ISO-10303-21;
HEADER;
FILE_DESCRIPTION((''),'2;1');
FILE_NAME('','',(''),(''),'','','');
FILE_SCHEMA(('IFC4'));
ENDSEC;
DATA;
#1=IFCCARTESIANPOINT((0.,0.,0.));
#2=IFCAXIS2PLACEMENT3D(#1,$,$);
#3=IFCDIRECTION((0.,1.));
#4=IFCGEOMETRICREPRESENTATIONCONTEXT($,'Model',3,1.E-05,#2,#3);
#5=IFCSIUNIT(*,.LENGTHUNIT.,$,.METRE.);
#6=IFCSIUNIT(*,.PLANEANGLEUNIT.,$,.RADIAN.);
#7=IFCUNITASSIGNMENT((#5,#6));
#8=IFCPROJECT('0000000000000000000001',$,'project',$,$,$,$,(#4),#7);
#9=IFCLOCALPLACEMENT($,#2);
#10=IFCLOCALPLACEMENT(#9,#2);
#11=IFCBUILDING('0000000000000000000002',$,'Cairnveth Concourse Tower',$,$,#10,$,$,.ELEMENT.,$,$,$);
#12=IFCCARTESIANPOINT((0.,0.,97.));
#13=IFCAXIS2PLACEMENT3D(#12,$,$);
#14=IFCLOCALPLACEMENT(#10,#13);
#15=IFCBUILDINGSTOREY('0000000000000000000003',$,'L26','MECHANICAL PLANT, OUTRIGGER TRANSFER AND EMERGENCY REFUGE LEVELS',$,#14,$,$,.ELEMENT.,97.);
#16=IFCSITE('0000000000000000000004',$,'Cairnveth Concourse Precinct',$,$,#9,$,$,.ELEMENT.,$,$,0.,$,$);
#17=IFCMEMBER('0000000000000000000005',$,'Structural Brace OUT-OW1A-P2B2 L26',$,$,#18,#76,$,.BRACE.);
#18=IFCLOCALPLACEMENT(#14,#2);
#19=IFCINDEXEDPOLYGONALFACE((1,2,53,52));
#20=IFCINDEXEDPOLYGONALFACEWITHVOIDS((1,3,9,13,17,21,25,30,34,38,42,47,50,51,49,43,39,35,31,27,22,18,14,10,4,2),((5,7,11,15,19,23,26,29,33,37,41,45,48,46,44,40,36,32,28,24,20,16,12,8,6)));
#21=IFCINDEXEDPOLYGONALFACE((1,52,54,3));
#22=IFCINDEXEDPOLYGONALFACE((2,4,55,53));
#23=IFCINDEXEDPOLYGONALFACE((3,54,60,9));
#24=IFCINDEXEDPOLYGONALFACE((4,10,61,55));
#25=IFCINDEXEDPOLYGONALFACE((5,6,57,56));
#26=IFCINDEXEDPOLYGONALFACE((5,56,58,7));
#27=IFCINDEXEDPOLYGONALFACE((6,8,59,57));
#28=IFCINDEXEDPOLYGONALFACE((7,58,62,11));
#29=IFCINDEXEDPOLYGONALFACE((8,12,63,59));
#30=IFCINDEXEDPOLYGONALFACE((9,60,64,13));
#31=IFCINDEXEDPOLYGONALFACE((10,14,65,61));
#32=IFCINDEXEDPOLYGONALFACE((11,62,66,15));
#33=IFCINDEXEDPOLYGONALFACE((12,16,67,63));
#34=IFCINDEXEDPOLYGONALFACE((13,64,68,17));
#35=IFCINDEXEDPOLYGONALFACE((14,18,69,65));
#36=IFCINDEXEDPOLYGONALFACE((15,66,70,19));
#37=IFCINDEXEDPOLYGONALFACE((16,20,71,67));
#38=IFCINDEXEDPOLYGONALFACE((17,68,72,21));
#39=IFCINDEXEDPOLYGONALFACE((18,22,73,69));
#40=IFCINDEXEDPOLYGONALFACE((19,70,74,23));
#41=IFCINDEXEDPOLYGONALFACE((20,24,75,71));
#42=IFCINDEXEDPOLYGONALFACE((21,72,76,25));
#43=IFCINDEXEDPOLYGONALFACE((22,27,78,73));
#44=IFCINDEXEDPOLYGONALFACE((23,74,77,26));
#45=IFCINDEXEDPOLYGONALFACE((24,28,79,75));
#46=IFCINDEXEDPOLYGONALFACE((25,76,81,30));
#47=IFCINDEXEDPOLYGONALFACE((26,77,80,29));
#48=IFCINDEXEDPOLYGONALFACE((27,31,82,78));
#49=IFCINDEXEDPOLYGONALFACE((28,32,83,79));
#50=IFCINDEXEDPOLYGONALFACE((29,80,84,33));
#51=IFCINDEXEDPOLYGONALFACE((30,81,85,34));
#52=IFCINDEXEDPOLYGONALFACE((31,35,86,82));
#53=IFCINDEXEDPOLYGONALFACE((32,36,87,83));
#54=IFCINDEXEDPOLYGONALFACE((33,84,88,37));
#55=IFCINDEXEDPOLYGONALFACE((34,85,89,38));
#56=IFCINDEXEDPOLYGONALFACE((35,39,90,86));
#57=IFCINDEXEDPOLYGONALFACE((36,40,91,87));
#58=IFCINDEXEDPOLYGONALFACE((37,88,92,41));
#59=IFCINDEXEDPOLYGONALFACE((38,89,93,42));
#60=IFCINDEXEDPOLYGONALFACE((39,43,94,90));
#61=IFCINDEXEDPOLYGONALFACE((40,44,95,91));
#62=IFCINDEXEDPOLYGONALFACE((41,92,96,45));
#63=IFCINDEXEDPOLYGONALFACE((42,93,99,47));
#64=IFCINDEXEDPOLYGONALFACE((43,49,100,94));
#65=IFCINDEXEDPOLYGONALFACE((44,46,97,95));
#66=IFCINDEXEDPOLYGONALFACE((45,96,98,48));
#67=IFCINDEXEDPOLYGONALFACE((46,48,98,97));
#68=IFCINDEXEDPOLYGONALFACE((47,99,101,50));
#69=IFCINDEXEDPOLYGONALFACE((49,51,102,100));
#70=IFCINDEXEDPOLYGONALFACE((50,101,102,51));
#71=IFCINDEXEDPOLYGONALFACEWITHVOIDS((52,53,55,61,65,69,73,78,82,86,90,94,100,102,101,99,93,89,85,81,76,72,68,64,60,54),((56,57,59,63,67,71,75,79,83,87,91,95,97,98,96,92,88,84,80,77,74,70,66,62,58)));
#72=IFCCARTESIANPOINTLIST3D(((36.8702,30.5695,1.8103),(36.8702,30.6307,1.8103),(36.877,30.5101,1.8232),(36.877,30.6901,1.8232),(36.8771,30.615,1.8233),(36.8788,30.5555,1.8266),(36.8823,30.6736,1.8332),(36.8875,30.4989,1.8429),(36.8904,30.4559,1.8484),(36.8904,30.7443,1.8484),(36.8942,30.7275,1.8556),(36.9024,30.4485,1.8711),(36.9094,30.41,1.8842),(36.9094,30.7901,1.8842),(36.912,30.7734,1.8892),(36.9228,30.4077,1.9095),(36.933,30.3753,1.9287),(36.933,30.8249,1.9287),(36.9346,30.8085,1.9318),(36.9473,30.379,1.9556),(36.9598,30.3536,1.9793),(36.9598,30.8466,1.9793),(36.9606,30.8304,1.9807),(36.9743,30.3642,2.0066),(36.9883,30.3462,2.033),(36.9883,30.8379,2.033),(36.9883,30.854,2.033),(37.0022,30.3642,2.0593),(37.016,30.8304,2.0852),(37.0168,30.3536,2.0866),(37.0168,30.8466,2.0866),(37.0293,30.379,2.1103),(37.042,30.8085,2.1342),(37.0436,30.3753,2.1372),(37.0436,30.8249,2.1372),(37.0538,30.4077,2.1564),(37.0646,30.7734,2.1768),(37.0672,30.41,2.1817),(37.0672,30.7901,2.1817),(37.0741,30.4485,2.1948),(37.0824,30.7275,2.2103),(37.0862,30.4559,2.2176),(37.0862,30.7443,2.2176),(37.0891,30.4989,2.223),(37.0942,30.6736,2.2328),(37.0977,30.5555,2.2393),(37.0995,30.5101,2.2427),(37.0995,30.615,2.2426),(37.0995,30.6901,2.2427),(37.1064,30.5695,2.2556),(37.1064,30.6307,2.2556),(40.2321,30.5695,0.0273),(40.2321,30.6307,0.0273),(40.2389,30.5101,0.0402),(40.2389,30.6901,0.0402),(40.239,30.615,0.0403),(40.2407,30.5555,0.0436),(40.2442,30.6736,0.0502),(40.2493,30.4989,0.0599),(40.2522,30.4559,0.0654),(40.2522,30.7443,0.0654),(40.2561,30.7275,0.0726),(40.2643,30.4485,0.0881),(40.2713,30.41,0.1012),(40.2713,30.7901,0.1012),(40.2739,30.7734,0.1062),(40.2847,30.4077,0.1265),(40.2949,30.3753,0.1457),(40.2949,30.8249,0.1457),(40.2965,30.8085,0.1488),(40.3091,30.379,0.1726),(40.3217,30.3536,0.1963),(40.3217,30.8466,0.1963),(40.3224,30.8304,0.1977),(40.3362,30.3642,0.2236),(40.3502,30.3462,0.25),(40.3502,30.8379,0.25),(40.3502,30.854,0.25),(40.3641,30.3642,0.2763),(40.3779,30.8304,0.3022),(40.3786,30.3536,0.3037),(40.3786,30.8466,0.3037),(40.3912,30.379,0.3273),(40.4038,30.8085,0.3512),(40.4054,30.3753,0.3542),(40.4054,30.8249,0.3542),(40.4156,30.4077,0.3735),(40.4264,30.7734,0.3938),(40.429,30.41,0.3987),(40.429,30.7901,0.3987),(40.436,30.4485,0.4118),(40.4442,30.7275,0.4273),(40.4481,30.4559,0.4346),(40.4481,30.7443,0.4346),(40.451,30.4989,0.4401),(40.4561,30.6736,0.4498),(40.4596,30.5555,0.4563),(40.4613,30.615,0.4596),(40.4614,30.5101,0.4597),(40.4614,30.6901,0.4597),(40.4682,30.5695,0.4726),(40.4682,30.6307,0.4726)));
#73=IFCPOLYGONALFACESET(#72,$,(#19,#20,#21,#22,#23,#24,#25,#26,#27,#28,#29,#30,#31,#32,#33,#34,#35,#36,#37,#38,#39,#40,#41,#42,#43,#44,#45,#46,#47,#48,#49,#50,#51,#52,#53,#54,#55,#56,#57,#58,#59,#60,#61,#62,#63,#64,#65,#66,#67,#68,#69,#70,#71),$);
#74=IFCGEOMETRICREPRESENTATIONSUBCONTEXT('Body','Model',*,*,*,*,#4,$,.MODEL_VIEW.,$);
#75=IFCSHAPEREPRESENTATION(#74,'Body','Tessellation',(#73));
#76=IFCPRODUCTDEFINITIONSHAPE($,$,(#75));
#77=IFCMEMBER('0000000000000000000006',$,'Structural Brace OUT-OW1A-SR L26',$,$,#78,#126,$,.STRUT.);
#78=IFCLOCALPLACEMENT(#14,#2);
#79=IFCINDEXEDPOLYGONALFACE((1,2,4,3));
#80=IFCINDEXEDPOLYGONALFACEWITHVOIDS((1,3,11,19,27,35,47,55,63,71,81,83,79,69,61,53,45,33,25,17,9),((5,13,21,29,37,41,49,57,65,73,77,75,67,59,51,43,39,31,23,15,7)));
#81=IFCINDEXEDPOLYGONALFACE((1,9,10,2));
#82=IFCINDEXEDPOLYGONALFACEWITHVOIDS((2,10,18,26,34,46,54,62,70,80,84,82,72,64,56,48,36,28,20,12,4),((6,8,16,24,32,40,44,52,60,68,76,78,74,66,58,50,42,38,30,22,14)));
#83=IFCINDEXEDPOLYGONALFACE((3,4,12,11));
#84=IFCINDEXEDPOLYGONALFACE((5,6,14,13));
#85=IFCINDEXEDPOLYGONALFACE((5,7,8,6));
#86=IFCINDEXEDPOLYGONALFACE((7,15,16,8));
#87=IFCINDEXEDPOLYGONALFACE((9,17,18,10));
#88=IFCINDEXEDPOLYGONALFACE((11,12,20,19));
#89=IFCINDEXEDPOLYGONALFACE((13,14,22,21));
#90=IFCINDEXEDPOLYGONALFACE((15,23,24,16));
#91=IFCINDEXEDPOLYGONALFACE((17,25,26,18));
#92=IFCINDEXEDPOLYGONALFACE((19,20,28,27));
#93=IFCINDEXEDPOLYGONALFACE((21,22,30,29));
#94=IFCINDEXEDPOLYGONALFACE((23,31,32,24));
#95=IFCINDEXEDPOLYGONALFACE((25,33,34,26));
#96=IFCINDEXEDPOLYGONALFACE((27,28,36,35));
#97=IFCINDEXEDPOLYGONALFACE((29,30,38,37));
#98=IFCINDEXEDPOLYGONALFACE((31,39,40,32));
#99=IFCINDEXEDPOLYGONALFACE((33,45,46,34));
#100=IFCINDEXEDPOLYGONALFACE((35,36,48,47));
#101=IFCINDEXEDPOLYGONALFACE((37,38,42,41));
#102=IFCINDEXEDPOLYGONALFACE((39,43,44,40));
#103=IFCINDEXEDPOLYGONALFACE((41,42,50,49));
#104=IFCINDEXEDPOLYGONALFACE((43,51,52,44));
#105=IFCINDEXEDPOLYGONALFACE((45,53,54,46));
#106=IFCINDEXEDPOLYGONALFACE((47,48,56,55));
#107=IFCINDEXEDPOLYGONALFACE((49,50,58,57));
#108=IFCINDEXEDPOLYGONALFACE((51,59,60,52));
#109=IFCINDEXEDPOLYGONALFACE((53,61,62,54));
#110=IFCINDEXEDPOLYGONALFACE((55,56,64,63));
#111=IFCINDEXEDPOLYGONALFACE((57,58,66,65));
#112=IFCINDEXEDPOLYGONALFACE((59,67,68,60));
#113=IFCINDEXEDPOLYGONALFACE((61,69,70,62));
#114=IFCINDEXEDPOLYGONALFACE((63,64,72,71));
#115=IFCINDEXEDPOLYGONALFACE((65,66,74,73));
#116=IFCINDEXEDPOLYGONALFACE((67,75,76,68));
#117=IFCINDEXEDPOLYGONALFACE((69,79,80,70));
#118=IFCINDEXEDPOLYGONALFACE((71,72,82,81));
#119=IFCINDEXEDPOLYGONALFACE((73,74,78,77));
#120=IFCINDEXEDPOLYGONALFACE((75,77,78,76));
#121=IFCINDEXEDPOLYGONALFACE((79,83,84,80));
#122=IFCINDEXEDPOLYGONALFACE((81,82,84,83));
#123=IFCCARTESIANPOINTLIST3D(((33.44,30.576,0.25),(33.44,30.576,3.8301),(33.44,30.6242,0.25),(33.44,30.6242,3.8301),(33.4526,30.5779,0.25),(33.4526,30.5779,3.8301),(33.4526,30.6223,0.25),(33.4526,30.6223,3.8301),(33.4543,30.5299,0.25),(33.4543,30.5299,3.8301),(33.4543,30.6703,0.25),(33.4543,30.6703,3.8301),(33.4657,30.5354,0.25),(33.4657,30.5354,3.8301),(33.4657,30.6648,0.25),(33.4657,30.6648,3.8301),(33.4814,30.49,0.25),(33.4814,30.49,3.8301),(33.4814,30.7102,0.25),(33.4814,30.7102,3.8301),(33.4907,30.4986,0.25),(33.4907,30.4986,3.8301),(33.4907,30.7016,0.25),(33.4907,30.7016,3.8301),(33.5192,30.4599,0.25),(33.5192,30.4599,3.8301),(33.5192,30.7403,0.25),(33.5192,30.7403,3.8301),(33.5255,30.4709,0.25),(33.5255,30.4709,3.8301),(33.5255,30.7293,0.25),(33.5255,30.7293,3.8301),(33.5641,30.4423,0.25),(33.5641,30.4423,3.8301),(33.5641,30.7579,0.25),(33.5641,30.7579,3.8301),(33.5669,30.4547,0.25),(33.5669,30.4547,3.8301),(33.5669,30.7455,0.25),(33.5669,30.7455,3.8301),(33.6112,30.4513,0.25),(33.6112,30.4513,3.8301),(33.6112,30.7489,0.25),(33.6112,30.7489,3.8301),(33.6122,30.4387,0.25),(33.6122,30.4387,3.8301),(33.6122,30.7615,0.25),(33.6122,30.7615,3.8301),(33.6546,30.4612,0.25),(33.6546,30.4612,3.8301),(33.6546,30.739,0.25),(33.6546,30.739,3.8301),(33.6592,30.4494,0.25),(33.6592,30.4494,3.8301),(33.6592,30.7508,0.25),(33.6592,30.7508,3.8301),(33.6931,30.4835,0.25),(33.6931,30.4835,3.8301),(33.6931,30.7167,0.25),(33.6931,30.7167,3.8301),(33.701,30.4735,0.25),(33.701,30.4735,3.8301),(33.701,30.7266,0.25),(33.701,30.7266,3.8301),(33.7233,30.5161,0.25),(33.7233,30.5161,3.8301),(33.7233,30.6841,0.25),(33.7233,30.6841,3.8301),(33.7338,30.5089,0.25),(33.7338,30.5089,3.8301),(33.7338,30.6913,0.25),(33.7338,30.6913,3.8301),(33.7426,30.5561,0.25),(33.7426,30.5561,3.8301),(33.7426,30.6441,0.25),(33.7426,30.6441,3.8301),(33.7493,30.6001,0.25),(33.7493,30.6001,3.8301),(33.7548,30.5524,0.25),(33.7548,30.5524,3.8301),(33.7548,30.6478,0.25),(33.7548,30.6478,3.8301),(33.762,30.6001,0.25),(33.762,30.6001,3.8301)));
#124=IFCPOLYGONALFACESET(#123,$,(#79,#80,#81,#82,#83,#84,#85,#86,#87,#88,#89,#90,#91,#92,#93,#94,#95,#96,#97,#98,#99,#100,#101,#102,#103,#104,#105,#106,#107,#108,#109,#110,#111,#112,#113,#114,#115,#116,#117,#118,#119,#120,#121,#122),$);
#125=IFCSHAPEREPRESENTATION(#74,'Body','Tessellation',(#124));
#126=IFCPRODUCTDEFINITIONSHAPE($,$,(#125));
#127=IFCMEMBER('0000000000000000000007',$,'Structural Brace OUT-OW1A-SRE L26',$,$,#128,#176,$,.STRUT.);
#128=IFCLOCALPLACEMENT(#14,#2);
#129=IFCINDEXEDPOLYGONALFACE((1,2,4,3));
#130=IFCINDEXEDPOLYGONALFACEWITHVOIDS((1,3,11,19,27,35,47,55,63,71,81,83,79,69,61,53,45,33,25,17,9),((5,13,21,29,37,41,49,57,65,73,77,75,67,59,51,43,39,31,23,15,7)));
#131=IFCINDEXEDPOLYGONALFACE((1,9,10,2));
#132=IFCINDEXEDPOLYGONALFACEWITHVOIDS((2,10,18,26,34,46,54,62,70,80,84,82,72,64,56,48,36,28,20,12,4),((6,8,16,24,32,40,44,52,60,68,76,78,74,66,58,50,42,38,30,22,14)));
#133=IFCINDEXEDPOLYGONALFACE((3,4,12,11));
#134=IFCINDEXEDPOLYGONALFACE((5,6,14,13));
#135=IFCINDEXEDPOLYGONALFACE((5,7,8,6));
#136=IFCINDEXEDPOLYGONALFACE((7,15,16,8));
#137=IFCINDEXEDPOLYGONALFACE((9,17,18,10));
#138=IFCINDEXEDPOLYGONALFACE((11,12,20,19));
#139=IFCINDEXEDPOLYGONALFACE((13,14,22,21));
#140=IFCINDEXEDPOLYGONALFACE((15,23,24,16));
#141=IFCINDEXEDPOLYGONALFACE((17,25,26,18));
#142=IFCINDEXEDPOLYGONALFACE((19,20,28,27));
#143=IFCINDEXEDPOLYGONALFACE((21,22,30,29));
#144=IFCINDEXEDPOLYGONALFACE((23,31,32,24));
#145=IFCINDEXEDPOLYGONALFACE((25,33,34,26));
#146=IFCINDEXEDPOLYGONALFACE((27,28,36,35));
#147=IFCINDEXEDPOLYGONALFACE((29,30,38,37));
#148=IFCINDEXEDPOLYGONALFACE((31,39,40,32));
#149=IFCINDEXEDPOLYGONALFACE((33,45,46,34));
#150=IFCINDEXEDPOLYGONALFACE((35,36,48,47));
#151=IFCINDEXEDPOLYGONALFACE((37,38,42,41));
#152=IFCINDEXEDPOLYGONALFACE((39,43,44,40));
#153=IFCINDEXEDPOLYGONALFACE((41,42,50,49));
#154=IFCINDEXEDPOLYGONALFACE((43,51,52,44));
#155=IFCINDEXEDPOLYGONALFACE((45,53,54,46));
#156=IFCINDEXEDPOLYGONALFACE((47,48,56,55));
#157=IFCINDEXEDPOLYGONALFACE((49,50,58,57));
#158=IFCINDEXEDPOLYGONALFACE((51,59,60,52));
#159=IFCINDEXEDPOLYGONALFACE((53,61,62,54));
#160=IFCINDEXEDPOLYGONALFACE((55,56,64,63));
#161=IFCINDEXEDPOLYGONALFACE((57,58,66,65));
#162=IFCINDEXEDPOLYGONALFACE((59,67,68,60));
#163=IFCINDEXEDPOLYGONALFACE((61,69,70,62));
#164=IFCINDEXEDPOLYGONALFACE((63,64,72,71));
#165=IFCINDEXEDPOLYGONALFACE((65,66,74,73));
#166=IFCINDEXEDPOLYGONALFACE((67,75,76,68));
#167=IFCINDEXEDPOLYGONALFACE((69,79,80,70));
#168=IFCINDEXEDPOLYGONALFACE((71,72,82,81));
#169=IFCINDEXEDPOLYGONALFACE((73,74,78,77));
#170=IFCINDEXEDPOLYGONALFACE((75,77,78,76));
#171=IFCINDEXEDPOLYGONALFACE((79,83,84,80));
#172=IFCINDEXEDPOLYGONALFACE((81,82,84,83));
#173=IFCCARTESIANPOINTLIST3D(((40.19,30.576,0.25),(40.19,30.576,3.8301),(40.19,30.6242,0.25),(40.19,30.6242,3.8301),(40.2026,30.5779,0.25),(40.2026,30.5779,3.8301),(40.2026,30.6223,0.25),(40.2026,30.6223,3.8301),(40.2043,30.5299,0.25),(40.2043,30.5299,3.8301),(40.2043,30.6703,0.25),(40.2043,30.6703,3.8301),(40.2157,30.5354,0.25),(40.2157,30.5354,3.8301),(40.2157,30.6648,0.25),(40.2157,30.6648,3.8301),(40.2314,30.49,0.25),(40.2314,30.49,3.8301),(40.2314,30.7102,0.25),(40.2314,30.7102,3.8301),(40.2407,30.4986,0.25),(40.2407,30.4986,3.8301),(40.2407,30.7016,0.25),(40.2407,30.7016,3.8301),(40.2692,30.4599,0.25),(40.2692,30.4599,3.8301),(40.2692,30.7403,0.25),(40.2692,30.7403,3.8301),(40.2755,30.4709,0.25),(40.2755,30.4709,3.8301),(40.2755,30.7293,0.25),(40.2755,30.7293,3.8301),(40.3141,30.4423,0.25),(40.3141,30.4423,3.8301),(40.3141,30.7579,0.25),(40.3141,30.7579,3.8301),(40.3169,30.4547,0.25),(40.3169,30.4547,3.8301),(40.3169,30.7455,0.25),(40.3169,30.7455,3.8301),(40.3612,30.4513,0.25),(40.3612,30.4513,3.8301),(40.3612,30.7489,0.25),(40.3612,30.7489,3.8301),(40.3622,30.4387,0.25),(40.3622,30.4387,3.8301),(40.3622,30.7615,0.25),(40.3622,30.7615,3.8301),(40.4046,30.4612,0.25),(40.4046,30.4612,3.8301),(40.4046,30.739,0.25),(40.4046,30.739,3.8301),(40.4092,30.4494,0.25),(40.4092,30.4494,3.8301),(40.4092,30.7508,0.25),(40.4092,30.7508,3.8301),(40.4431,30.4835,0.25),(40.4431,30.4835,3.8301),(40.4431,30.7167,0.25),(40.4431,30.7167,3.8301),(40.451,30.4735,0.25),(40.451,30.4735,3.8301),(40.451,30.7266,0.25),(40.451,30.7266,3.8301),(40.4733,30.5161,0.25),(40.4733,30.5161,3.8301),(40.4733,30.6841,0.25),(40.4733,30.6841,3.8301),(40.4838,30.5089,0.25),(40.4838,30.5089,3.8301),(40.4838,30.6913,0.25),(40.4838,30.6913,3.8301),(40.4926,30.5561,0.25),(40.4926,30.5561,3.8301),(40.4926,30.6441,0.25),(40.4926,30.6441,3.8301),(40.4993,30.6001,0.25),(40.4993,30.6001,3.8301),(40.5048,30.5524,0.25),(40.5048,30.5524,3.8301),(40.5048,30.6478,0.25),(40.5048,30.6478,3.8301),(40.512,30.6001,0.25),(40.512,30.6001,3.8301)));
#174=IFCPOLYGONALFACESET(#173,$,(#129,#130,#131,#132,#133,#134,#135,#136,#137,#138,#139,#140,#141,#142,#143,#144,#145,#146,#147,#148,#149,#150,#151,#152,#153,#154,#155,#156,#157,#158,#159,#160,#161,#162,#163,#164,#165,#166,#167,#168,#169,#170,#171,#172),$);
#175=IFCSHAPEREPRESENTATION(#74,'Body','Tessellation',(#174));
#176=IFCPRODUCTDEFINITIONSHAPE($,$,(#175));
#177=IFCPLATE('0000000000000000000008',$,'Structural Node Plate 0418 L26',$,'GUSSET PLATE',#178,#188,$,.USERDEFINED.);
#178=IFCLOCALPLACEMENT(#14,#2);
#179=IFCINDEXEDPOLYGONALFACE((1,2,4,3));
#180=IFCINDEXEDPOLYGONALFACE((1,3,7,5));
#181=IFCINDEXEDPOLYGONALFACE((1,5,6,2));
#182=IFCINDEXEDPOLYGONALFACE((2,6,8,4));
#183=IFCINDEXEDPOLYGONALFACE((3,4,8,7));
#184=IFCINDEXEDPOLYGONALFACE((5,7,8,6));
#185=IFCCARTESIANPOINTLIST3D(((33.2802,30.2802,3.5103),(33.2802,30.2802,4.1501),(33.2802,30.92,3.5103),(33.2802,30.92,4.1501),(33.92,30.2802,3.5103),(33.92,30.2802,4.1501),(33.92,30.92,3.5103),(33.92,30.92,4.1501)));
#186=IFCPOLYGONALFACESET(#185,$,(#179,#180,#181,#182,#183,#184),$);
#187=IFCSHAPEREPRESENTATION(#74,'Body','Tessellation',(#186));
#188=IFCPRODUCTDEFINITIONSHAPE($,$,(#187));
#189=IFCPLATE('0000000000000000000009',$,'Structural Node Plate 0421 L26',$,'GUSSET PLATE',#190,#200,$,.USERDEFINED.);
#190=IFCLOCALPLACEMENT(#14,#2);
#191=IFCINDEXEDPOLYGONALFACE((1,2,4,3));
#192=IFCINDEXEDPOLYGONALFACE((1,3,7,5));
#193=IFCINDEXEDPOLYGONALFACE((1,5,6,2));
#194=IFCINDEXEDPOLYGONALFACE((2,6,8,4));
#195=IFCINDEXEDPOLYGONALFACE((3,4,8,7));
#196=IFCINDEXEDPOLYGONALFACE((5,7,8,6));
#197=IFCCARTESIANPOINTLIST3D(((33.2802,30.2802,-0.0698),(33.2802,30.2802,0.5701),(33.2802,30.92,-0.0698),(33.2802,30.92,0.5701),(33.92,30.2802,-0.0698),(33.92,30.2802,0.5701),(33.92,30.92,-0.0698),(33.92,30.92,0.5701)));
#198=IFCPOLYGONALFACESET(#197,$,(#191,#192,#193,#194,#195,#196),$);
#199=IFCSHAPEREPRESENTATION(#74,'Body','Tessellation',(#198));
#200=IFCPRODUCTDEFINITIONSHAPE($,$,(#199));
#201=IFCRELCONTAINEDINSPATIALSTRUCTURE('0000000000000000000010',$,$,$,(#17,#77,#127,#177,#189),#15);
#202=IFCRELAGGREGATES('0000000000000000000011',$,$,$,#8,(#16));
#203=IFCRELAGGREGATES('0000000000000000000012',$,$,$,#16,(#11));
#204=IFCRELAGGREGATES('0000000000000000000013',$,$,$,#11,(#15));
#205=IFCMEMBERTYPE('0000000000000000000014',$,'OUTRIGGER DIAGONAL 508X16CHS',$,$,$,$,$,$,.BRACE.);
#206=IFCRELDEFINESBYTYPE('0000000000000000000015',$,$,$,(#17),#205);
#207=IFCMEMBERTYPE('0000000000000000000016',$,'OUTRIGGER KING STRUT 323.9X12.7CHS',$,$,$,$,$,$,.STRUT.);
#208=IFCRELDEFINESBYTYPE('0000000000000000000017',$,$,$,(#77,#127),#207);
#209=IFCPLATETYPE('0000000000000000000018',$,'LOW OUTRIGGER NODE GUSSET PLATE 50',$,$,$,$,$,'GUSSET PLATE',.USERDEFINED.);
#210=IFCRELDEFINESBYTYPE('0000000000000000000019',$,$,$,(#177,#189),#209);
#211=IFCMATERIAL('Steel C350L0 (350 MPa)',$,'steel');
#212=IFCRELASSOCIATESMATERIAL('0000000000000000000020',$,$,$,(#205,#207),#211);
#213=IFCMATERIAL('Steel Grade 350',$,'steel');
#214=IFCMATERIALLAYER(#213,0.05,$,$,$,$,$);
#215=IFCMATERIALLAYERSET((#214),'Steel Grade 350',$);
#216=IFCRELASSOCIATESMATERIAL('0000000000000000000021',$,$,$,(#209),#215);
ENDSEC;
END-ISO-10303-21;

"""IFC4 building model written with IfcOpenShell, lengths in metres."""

from ifc_helpers import new_model, si_unit, direction, frame, origin, origin_2d, place, context, subcontext, project, spatial, rectangle, hollow_circle, extrude, material, layer, layer_set, material_profile, profile_set, type_object, element, save


model = new_model("IFC4")

# Units and contexts
model_context = context("Model", 3, precision=1e-05, world=origin(), true_north=direction((0.0, 1.0)))
body_context = subcontext(model_context, "Body", "Model", "MODEL_VIEW")
ifc_project = project(units=[si_unit("LENGTHUNIT", "METRE"), si_unit("PLANEANGLEUNIT", "RADIAN")], contexts=[model_context])

# Site, building, storey
site_placement = place(None, origin())
site = spatial("IfcSite", under=ifc_project, at=site_placement, Name="Cairnveth Concourse Precinct", CompositionType="ELEMENT", RefElevation=0.0)
building_placement = place(site_placement, origin())
building = spatial("IfcBuilding", under=site, at=building_placement, Name="Cairnveth Concourse Tower", CompositionType="ELEMENT")
storey_placement = place(building_placement, frame((0.0, 0.0, 97.0)))
storey = spatial("IfcBuildingStorey", under=building, at=storey_placement, Name="L26", Description="MECHANICAL PLANT, OUTRIGGER TRANSFER AND EMERGENCY REFUGE LEVELS", CompositionType="ELEMENT", Elevation=97.0)

# Members
ifc_material_1 = material(Name="Steel C350L0 (350 MPa)", Category="steel")
ifc_material_profile_1 = material_profile(ifc_material_1, hollow_circle(Radius=0.2539, WallThickness=0.0161, at=origin_2d()), Name="508.0x16.0CHS")
ifc_profile_set_1 = profile_set([ifc_material_profile_1], Name="Steel C350L0 (350 MPa)")
member_type_1 = type_object("IfcMemberType", Name="OUTRIGGER DIAGONAL 508X16CHS", PredefinedType="BRACE", material=ifc_profile_set_1)
member_1_placement = place(storey_placement, frame((36.9883, 30.6001, 2.033), z_axis=(0.883443, 0.0, -0.468539), x_axis=(0.0, 1.0, 0.0)))
element("IfcMember", 1, at=member_1_placement, inside=storey, type_object=member_type_1, Name="Structural Brace OUT-OW1A-P2B2 L26", PredefinedType="BRACE", context=body_context, shape_type="SweptSolid", body=[
    extrude(hollow_circle(Radius=0.2539, WallThickness=0.0161, at=origin_2d()), origin(), (0.0, 0.0, 1.0), 3.8054),
])
ifc_material_profile_2 = material_profile(ifc_material_1, hollow_circle(Radius=0.1619, WallThickness=0.0127, at=origin_2d()), Name="323.9x12.7CHS")
ifc_profile_set_2 = profile_set([ifc_material_profile_2], Name="Steel C350L0 (350 MPa)")
member_type_2 = type_object("IfcMemberType", Name="OUTRIGGER KING STRUT 323.9X12.7CHS", PredefinedType="STRUT", material=ifc_profile_set_2)
for number, where, z_axis, x_axis, name in (
    (2, (33.6001, 30.6001, 0.25), (0.0, 0.0, 1.0), (1.0, 0.0, 0.0), "Structural Brace OUT-OW1A-SR L26"),
    (3, (40.3501, 30.6001, 0.25), (0.0, 0.0, 1.0), (1.0, 0.0, 0.0), "Structural Brace OUT-OW1A-SRE L26"),
):
    element("IfcMember", number, at=place(storey_placement, frame(where, z_axis=z_axis, x_axis=x_axis)), inside=storey, type_object=member_type_2, Name=name, PredefinedType="STRUT", context=body_context, shape_type="SweptSolid", body=[
        extrude(hollow_circle(Radius=0.1619, WallThickness=0.0127, at=origin_2d()), origin(), (0.0, 0.0, 1.0), 3.5801),
    ])

# Plates
ifc_material_2 = material(Name="Steel Grade 350", Category="steel")
ifc_layer_1 = layer(ifc_material_2, 0.05)
ifc_layer_set_1 = layer_set([ifc_layer_1], Name="Steel Grade 350")
plate_type = type_object("IfcPlateType", Name="LOW OUTRIGGER NODE GUSSET PLATE 50", ElementType="GUSSET PLATE", PredefinedType="USERDEFINED", material=ifc_layer_set_1)
for number, where, z_axis, x_axis, name in (
    (4, (33.6001, 30.6001, 3.5103), (0.0, 0.0, 1.0), (1.0, 0.0, 0.0), "Structural Node Plate 0418 L26"),
    (5, (33.6001, 30.6001, -0.0698), (0.0, 0.0, 1.0), (1.0, 0.0, 0.0), "Structural Node Plate 0421 L26"),
):
    element("IfcPlate", number, at=place(storey_placement, frame(where, z_axis=z_axis, x_axis=x_axis)), inside=storey, type_object=plate_type, Name=name, ObjectType="GUSSET PLATE", PredefinedType="USERDEFINED", context=body_context, shape_type="SweptSolid", body=[
        extrude(rectangle(XDim=0.6399, YDim=0.6399, at=origin_2d()), origin(), (0.0, 0.0, 1.0), 0.6399),
    ])

save(model, "model.ifc")
